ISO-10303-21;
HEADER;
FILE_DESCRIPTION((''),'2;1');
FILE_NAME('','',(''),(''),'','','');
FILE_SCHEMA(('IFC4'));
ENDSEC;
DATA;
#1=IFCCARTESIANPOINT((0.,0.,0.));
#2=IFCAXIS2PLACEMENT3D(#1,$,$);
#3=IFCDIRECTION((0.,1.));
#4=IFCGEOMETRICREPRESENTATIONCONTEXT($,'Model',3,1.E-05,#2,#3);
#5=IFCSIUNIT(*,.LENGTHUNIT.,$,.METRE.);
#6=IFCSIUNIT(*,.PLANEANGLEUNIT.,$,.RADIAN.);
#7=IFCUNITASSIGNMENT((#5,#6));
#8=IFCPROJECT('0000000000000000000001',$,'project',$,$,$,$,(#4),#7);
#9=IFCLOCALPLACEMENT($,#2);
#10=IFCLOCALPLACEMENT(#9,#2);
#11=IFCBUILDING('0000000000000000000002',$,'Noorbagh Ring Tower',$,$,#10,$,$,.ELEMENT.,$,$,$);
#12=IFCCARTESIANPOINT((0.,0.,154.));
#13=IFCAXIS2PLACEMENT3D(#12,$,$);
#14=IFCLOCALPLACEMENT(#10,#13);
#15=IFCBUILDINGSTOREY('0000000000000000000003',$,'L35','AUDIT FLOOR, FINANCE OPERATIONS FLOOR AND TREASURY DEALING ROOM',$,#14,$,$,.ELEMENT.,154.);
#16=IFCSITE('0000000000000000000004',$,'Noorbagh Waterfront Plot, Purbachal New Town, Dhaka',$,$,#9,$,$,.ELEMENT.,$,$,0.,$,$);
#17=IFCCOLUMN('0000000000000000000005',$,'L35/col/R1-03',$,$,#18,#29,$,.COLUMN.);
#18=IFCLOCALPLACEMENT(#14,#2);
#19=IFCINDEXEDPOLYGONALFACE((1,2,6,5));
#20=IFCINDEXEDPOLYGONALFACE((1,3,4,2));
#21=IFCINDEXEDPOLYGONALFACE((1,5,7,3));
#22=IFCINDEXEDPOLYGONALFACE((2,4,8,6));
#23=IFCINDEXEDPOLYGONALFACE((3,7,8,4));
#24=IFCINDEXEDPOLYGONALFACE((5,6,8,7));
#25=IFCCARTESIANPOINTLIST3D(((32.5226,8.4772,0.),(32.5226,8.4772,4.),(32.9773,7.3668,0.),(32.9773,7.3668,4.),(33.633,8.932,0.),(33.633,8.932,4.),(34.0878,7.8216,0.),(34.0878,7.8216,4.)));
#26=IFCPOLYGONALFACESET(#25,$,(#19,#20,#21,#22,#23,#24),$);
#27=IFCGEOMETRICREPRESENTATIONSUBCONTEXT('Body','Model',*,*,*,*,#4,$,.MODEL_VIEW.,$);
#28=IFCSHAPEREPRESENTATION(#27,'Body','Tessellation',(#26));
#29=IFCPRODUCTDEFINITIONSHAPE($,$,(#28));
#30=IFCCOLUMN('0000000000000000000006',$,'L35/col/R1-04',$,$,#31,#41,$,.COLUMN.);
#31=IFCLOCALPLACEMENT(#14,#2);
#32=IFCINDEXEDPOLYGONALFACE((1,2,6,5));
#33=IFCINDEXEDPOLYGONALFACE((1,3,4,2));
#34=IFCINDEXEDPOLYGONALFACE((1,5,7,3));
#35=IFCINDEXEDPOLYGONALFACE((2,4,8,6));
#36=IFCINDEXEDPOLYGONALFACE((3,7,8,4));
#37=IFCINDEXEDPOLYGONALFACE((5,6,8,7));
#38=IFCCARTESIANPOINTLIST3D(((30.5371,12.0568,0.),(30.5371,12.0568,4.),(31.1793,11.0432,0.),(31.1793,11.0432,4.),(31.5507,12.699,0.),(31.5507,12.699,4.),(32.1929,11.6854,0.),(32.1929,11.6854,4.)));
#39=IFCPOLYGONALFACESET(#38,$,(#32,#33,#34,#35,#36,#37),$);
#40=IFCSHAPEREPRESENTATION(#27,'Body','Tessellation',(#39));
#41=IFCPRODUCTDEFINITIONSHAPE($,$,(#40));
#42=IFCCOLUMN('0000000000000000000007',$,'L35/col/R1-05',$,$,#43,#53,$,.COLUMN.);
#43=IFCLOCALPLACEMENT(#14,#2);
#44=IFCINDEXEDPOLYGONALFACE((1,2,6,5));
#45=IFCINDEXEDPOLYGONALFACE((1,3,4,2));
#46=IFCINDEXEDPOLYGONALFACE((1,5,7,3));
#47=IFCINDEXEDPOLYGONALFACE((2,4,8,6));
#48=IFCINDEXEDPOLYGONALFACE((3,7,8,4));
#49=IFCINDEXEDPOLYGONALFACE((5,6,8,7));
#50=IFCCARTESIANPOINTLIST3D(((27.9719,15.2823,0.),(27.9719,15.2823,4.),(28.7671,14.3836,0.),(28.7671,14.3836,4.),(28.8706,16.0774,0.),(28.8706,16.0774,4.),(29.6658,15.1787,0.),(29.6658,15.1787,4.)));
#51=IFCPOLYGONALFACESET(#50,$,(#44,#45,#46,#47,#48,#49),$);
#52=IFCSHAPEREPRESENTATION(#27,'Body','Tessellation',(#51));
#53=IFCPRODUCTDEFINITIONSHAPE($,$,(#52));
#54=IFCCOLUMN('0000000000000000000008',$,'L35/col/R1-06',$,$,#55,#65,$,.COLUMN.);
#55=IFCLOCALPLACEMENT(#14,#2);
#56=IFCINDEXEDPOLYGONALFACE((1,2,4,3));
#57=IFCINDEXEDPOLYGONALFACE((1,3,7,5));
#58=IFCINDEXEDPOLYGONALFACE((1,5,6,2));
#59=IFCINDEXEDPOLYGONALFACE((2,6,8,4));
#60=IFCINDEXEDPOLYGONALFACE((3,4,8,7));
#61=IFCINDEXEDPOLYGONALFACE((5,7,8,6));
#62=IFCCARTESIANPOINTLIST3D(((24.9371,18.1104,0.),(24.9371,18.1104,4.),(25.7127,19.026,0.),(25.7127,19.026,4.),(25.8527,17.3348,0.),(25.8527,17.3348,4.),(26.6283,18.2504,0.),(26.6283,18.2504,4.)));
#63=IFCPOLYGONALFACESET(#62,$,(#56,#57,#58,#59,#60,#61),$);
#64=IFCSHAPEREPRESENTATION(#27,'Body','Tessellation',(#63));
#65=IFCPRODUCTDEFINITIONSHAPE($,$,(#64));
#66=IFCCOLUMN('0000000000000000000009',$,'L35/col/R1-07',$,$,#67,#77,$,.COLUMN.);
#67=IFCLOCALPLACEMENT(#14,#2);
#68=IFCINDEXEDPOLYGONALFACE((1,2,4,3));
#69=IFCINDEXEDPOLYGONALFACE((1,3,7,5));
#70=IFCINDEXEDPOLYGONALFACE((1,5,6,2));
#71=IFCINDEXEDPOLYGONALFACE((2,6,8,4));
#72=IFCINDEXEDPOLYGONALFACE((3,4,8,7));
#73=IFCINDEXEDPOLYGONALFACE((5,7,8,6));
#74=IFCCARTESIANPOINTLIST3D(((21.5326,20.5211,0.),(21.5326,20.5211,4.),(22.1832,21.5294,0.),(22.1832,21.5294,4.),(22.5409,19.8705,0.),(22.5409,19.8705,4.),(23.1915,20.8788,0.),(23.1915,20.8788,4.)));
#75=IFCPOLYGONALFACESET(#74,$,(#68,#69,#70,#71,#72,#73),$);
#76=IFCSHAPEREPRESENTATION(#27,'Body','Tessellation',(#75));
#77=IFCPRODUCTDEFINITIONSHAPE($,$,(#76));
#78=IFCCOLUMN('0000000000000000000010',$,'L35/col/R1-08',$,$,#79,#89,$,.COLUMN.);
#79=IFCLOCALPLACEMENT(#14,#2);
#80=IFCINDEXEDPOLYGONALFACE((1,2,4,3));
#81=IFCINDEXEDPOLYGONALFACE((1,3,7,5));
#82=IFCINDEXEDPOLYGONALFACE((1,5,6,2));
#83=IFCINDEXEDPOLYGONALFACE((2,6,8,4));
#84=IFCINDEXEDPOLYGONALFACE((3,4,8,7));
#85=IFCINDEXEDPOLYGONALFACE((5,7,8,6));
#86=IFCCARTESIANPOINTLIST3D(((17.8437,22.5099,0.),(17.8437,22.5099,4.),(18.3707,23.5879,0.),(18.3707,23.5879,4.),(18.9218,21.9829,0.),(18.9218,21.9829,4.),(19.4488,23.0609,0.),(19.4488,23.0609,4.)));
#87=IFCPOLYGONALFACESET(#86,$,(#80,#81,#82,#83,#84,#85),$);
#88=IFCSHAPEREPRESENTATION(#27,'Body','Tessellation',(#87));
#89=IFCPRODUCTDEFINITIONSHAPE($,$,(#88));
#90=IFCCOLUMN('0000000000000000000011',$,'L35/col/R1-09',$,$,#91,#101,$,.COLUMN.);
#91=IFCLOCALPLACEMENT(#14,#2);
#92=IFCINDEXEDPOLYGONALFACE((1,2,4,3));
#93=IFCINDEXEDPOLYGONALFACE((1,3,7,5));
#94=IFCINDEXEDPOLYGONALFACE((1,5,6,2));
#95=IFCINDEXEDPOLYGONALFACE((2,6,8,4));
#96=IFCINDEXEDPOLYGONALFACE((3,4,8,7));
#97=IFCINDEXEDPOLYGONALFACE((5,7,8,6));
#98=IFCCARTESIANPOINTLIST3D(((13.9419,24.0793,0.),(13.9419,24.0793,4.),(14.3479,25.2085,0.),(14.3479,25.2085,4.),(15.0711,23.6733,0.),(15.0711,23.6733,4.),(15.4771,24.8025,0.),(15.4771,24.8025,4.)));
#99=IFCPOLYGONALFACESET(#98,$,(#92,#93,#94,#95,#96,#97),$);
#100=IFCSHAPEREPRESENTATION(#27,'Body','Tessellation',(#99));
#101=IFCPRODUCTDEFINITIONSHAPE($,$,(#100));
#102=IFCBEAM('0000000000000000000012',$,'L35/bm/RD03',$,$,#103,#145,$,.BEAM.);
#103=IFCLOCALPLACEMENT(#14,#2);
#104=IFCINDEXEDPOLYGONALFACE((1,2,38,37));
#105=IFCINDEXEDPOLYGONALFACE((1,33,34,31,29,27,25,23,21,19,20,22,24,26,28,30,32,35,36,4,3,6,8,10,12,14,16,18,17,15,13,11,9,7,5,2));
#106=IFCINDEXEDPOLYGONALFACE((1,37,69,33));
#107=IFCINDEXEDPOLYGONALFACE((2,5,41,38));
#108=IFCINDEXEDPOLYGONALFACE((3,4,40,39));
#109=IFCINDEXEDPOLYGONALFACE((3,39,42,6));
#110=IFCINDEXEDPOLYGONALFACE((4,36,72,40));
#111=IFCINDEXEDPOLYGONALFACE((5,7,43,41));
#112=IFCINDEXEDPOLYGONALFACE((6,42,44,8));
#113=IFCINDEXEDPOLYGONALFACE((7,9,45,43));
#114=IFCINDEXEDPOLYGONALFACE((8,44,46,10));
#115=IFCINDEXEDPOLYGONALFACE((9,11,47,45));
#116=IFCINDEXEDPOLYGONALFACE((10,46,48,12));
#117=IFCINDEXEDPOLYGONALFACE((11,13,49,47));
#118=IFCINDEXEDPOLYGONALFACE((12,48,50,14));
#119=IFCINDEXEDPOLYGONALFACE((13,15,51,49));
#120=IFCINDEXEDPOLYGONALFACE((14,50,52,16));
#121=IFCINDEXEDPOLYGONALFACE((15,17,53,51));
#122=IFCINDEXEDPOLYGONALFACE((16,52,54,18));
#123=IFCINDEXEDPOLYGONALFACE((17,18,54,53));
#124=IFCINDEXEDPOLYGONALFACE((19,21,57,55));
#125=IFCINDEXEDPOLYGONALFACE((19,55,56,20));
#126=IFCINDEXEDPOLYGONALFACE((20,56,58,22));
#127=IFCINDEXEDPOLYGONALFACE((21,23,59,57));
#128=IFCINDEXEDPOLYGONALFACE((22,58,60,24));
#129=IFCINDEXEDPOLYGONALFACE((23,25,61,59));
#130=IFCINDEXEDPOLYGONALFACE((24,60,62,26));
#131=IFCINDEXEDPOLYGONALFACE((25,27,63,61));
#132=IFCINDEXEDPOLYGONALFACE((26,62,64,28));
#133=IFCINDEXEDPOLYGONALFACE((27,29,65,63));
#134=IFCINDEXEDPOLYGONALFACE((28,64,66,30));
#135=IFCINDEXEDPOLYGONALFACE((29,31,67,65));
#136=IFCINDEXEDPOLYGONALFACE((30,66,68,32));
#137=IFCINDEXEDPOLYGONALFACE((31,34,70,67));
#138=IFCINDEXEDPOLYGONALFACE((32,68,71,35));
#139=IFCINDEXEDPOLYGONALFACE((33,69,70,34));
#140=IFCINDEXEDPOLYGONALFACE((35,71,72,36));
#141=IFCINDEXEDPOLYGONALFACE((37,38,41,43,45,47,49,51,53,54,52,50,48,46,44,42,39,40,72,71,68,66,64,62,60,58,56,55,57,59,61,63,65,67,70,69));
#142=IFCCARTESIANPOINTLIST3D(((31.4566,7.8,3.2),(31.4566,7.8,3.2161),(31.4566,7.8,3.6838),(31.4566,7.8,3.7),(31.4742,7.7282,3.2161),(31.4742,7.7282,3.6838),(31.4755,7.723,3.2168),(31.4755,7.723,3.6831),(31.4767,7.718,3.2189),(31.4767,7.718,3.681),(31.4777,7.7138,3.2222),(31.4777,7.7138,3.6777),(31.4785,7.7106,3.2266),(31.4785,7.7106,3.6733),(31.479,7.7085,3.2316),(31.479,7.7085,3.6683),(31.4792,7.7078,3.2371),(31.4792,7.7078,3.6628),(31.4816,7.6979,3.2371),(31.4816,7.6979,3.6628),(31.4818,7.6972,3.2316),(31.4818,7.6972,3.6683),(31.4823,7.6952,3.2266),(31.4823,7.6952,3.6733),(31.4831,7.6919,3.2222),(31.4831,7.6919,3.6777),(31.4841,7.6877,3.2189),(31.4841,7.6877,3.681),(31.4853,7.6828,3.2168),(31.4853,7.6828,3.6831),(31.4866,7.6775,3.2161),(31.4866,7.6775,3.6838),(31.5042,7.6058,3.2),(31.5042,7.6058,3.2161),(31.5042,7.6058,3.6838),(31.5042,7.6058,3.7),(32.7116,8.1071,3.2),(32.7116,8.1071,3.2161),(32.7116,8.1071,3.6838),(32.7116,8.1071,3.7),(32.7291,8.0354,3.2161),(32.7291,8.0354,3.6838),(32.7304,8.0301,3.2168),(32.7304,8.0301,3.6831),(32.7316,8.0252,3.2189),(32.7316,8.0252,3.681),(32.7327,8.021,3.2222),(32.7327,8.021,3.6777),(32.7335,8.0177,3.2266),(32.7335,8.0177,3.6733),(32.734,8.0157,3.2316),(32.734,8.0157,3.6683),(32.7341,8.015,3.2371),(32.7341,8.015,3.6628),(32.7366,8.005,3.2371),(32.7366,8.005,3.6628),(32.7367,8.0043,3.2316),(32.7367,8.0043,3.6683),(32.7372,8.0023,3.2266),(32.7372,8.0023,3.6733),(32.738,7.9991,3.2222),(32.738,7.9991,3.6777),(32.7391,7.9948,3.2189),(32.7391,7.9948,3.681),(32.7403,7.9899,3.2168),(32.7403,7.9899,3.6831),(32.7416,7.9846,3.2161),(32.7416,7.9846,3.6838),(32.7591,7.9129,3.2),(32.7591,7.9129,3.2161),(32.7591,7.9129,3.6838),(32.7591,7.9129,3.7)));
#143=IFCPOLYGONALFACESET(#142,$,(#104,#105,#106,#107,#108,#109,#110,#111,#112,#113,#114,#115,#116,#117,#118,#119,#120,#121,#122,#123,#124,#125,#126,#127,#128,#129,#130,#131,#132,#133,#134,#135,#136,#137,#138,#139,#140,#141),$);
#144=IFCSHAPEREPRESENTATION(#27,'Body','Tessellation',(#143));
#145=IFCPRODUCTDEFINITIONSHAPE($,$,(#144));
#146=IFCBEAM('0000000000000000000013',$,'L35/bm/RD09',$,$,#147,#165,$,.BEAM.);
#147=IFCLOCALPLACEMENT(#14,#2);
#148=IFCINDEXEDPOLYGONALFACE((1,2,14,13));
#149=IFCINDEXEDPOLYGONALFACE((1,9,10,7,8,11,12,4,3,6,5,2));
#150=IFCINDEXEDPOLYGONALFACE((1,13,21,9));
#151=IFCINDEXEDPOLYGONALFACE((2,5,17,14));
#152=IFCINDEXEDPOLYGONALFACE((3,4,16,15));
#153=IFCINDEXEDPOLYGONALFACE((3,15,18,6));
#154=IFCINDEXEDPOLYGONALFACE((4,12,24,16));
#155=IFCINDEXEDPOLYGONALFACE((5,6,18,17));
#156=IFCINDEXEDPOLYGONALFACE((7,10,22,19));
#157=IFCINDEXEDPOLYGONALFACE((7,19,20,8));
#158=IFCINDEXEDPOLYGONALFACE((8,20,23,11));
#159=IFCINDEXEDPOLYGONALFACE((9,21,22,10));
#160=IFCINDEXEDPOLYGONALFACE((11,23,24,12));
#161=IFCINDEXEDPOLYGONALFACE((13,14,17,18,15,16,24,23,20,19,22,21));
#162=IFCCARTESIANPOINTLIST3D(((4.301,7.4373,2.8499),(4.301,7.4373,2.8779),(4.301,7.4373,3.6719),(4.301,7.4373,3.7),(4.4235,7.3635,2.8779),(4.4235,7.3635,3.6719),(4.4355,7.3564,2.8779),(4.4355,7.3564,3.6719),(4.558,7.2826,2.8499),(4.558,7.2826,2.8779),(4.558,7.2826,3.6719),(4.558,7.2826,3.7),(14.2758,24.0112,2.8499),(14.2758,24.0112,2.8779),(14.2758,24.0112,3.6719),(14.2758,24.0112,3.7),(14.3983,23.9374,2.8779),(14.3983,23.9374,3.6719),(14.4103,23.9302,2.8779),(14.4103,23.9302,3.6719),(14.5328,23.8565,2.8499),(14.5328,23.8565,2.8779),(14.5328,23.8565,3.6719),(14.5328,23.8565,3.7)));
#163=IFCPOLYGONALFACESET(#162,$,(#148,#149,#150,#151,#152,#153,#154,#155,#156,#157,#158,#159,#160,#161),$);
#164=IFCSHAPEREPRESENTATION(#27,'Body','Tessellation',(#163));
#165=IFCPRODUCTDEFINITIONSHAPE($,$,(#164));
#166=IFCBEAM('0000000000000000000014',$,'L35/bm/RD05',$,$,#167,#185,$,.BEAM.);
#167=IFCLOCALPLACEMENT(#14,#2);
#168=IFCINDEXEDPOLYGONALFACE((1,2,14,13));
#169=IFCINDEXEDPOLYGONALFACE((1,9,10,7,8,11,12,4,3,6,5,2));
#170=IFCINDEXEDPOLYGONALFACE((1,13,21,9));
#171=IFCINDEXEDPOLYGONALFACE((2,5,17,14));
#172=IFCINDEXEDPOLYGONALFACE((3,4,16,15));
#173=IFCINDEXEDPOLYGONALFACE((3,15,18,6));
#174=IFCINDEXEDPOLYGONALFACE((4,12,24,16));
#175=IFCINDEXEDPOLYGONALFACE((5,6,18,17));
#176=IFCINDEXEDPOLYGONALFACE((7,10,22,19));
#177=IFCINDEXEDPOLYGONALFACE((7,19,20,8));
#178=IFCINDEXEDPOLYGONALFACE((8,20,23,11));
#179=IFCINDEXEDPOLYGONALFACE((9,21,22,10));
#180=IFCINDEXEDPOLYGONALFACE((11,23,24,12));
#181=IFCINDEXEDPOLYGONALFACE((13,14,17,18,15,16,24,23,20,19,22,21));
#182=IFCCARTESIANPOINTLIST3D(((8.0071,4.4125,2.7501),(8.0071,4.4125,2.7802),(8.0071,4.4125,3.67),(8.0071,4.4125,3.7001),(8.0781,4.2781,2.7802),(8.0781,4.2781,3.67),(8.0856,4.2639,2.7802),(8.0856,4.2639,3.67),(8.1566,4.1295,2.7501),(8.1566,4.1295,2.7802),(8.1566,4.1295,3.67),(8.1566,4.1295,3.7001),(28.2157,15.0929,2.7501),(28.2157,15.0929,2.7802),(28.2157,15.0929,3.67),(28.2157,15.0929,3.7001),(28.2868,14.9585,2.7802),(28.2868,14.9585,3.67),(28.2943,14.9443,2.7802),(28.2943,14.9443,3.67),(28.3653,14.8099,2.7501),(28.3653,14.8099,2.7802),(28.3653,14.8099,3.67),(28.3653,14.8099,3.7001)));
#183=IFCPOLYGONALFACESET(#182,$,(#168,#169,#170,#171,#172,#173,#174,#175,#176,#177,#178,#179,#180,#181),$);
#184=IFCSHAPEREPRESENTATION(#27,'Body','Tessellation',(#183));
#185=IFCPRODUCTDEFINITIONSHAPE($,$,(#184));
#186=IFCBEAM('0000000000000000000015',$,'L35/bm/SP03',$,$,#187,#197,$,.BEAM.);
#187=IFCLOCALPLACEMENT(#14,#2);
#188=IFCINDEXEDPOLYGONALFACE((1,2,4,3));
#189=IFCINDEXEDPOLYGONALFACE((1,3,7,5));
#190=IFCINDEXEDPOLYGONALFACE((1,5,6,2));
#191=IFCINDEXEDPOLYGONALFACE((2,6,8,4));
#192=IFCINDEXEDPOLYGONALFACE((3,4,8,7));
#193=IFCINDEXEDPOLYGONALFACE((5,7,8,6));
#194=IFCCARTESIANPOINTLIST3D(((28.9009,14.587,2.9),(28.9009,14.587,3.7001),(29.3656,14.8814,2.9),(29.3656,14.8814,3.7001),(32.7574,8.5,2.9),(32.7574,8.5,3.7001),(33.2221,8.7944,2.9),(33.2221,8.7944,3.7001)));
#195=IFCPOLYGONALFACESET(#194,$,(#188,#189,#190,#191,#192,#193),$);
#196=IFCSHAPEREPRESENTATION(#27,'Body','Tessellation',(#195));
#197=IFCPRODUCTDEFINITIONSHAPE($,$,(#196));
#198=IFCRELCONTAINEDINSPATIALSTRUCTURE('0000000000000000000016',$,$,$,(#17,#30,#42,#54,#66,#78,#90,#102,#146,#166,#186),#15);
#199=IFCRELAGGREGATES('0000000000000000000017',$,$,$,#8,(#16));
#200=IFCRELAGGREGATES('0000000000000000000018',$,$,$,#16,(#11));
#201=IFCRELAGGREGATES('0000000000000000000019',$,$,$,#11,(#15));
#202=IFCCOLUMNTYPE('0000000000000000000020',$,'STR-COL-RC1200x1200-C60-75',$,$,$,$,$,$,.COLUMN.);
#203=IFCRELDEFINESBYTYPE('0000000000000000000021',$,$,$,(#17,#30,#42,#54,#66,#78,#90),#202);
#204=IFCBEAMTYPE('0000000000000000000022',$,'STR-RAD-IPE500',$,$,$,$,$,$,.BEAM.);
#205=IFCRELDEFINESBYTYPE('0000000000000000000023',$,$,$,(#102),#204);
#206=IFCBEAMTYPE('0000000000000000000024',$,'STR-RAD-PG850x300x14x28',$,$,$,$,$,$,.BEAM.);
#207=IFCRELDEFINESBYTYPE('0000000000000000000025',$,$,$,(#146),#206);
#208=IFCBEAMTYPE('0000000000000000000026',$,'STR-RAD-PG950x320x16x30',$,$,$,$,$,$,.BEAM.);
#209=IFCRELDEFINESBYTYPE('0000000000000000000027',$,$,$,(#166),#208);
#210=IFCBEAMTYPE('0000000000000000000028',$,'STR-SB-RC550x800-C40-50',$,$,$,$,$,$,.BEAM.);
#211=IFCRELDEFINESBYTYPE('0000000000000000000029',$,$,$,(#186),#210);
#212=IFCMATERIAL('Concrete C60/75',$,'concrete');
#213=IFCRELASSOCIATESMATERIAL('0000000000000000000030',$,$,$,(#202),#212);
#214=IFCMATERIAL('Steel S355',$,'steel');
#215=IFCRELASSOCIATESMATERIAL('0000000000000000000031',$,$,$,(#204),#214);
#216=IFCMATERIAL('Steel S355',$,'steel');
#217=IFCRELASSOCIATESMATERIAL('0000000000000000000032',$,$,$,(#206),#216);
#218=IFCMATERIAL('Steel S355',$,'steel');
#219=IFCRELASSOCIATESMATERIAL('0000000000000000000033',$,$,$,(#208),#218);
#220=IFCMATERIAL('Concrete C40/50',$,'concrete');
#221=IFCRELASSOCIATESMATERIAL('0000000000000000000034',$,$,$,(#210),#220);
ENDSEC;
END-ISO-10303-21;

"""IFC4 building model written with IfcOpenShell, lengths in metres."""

from ifc_helpers import new_model, si_unit, direction, frame, origin, origin_2d, place, context, subcontext, project, spatial, rectangle, i_section, extrude, material, material_profile, profile_set, type_object, element, save


model = new_model("IFC4")

# Units and contexts
model_context = context("Model", 3, precision=1e-05, world=origin(), true_north=direction((0.0, 1.0)))
body_context = subcontext(model_context, "Body", "Model", "MODEL_VIEW")
ifc_project = project(units=[si_unit("LENGTHUNIT", "METRE"), si_unit("PLANEANGLEUNIT", "RADIAN")], contexts=[model_context])

# Site, building, storey
site_placement = place(None, origin())
site = spatial("IfcSite", under=ifc_project, at=site_placement, Name="Noorbagh Waterfront Plot, Purbachal New Town, Dhaka", CompositionType="ELEMENT", RefElevation=0.0)
building_placement = place(site_placement, origin())
building = spatial("IfcBuilding", under=site, at=building_placement, Name="Noorbagh Ring Tower", CompositionType="ELEMENT")
storey_placement = place(building_placement, frame((0.0, 0.0, 154.0)))
storey = spatial("IfcBuildingStorey", under=building, at=storey_placement, Name="L35", Description="AUDIT FLOOR, FINANCE OPERATIONS FLOOR AND TREASURY DEALING ROOM", CompositionType="ELEMENT", Elevation=154.0)

# Columns
ifc_material_1 = material(Name="Concrete C60/75", Category="concrete")
ifc_material_profile_1 = material_profile(ifc_material_1, rectangle(XDim=1.2, YDim=1.2, at=origin_2d()), Name="RC1200x1200")
ifc_profile_set_1 = profile_set([ifc_material_profile_1], Name="Concrete C60/75")
column_type = type_object("IfcColumnType", Name="STR-COL-RC1200x1200-C60-75", PredefinedType="COLUMN", material=ifc_profile_set_1)
for number, where, z_axis, x_axis, name in (
    (1, (33.3052, 8.1494, 0.0), (0.0, 0.0, 1.0), (-0.378989, 0.925401, 0.0), "L35/col/R1-03"),
    (2, (31.365, 11.8711, 0.0), (0.0, 0.0, 1.0), (-0.53519, 0.844731, 0.0), "L35/col/R1-04"),
    (3, (28.8188, 15.2305, 0.0), (0.0, 0.0, 1.0), (-0.662636, 0.748942, 0.0), "L35/col/R1-05"),
    (4, (25.7827, 18.1804, 0.0), (0.0, 0.0, 1.0), (-0.763035, 0.646357, 0.0), "L35/col/R1-06"),
    (5, (22.3621, 20.7, 0.0), (0.0, 0.0, 1.0), (-0.840248, 0.542203, 0.0), "L35/col/R1-07"),
    (6, (18.6462, 22.7854, 0.0), (0.0, 0.0, 1.0), (-0.898399, 0.43918, 0.0), "L35/col/R1-08"),
    (7, (14.7095, 24.4409, 0.0), (0.0, 0.0, 1.0), (-0.941025, 0.338338, 0.0), "L35/col/R1-09"),
):
    element("IfcColumn", number, at=place(storey_placement, frame(where, z_axis=z_axis, x_axis=x_axis)), inside=storey, type_object=column_type, Name=name, PredefinedType="COLUMN", context=body_context, shape_type="SweptSolid", body=[
        extrude(rectangle(XDim=1.2, YDim=1.2, at=origin_2d()), origin(), (0.0, 0.0, 1.0), 4.0),
    ])

# Beams
ifc_material_2 = material(Name="Steel S355", Category="steel")
ifc_material_profile_2 = material_profile(ifc_material_2, i_section(OverallWidth=0.2, OverallDepth=0.5, WebThickness=0.0103, FlangeThickness=0.0161, FilletRadius=0.021, at=origin_2d()), Name="IPE500")
ifc_profile_set_2 = profile_set([ifc_material_profile_2], Name="Steel S355")
beam_type_1 = type_object("IfcBeamType", Name="STR-RAD-IPE500", PredefinedType="BEAM", material=ifc_profile_set_2)
beam_1_placement = place(storey_placement, frame((32.7354, 8.01, 3.45), z_axis=(-0.971331, -0.23773, 0.0), x_axis=(0.23773, -0.971331, 0.0)))
element("IfcBeam", 8, at=beam_1_placement, inside=storey, type_object=beam_type_1, Name="L35/bm/RD03", PredefinedType="BEAM", context=body_context, shape_type="SweptSolid", body=[
    extrude(i_section(OverallWidth=0.2, OverallDepth=0.5, WebThickness=0.0103, FlangeThickness=0.0161, FilletRadius=0.021, at=origin_2d()), origin(), (0.0, 0.0, 1.0), 1.292),
])
ifc_material_3 = material(Name="Steel S355", Category="steel")
ifc_material_profile_3 = material_profile(ifc_material_3, i_section(OverallWidth=0.3, OverallDepth=0.8501, WebThickness=0.0139, FlangeThickness=0.0281, at=origin_2d()), Name="PG850x300x14x28")
ifc_profile_set_3 = profile_set([ifc_material_profile_3], Name="Steel S355")
beam_type_2 = type_object("IfcBeamType", Name="STR-RAD-PG850x300x14x28", PredefinedType="BEAM", material=ifc_profile_set_3)
beam_2_placement = place(storey_placement, frame((14.4043, 23.9338, 3.2749), z_axis=(-0.515653, -0.856797, 0.0), x_axis=(0.856797, -0.515653, 0.0)))
element("IfcBeam", 9, at=beam_2_placement, inside=storey, type_object=beam_type_2, Name="L35/bm/RD09", PredefinedType="BEAM", context=body_context, shape_type="SweptSolid", body=[
    extrude(i_section(OverallWidth=0.3, OverallDepth=0.8501, WebThickness=0.0139, FlangeThickness=0.0281, at=origin_2d()), origin(), (0.0, 0.0, 1.0), 19.344),
])
ifc_material_4 = material(Name="Steel S355", Category="steel")
ifc_material_profile_4 = material_profile(ifc_material_4, i_section(OverallWidth=0.3201, OverallDepth=0.95, WebThickness=0.0161, FlangeThickness=0.03, at=origin_2d()), Name="PG950x320x16x30")
ifc_profile_set_4 = profile_set([ifc_material_profile_4], Name="Steel S355")
beam_type_3 = type_object("IfcBeamType", Name="STR-RAD-PG950x320x16x30", PredefinedType="BEAM", material=ifc_profile_set_4)
beam_3_placement = place(storey_placement, frame((28.2905, 14.9514, 3.2251), z_axis=(-0.884119, -0.467261, 0.0), x_axis=(0.467261, -0.884119, 0.0)))
element("IfcBeam", 10, at=beam_3_placement, inside=storey, type_object=beam_type_3, Name="L35/bm/RD05", PredefinedType="BEAM", context=body_context, shape_type="SweptSolid", body=[
    extrude(i_section(OverallWidth=0.3201, OverallDepth=0.95, WebThickness=0.0161, FlangeThickness=0.03, at=origin_2d()), origin(), (0.0, 0.0, 1.0), 22.8574),
])
ifc_material_5 = material(Name="Concrete C40/50", Category="concrete")
ifc_material_profile_5 = material_profile(ifc_material_5, rectangle(XDim=0.55, YDim=0.8, at=origin_2d()), Name="RC550x800")
ifc_profile_set_5 = profile_set([ifc_material_profile_5], Name="Concrete C40/50")
beam_type_4 = type_object("IfcBeamType", Name="STR-SB-RC550x800-C40-50", PredefinedType="BEAM", material=ifc_profile_set_5)
beam_4_placement = place(storey_placement, frame((32.9897, 8.6472, 3.3), z_axis=(-0.535191, 0.844731, 0.0), x_axis=(-0.844731, -0.535191, 0.0)))
element("IfcBeam", 11, at=beam_4_placement, inside=storey, type_object=beam_type_4, Name="L35/bm/SP03", PredefinedType="BEAM", context=body_context, shape_type="SweptSolid", body=[
    extrude(rectangle(XDim=0.55, YDim=0.8, at=origin_2d()), origin(), (0.0, 0.0, 1.0), 7.2058),
])

save(model, "model.ifc")
